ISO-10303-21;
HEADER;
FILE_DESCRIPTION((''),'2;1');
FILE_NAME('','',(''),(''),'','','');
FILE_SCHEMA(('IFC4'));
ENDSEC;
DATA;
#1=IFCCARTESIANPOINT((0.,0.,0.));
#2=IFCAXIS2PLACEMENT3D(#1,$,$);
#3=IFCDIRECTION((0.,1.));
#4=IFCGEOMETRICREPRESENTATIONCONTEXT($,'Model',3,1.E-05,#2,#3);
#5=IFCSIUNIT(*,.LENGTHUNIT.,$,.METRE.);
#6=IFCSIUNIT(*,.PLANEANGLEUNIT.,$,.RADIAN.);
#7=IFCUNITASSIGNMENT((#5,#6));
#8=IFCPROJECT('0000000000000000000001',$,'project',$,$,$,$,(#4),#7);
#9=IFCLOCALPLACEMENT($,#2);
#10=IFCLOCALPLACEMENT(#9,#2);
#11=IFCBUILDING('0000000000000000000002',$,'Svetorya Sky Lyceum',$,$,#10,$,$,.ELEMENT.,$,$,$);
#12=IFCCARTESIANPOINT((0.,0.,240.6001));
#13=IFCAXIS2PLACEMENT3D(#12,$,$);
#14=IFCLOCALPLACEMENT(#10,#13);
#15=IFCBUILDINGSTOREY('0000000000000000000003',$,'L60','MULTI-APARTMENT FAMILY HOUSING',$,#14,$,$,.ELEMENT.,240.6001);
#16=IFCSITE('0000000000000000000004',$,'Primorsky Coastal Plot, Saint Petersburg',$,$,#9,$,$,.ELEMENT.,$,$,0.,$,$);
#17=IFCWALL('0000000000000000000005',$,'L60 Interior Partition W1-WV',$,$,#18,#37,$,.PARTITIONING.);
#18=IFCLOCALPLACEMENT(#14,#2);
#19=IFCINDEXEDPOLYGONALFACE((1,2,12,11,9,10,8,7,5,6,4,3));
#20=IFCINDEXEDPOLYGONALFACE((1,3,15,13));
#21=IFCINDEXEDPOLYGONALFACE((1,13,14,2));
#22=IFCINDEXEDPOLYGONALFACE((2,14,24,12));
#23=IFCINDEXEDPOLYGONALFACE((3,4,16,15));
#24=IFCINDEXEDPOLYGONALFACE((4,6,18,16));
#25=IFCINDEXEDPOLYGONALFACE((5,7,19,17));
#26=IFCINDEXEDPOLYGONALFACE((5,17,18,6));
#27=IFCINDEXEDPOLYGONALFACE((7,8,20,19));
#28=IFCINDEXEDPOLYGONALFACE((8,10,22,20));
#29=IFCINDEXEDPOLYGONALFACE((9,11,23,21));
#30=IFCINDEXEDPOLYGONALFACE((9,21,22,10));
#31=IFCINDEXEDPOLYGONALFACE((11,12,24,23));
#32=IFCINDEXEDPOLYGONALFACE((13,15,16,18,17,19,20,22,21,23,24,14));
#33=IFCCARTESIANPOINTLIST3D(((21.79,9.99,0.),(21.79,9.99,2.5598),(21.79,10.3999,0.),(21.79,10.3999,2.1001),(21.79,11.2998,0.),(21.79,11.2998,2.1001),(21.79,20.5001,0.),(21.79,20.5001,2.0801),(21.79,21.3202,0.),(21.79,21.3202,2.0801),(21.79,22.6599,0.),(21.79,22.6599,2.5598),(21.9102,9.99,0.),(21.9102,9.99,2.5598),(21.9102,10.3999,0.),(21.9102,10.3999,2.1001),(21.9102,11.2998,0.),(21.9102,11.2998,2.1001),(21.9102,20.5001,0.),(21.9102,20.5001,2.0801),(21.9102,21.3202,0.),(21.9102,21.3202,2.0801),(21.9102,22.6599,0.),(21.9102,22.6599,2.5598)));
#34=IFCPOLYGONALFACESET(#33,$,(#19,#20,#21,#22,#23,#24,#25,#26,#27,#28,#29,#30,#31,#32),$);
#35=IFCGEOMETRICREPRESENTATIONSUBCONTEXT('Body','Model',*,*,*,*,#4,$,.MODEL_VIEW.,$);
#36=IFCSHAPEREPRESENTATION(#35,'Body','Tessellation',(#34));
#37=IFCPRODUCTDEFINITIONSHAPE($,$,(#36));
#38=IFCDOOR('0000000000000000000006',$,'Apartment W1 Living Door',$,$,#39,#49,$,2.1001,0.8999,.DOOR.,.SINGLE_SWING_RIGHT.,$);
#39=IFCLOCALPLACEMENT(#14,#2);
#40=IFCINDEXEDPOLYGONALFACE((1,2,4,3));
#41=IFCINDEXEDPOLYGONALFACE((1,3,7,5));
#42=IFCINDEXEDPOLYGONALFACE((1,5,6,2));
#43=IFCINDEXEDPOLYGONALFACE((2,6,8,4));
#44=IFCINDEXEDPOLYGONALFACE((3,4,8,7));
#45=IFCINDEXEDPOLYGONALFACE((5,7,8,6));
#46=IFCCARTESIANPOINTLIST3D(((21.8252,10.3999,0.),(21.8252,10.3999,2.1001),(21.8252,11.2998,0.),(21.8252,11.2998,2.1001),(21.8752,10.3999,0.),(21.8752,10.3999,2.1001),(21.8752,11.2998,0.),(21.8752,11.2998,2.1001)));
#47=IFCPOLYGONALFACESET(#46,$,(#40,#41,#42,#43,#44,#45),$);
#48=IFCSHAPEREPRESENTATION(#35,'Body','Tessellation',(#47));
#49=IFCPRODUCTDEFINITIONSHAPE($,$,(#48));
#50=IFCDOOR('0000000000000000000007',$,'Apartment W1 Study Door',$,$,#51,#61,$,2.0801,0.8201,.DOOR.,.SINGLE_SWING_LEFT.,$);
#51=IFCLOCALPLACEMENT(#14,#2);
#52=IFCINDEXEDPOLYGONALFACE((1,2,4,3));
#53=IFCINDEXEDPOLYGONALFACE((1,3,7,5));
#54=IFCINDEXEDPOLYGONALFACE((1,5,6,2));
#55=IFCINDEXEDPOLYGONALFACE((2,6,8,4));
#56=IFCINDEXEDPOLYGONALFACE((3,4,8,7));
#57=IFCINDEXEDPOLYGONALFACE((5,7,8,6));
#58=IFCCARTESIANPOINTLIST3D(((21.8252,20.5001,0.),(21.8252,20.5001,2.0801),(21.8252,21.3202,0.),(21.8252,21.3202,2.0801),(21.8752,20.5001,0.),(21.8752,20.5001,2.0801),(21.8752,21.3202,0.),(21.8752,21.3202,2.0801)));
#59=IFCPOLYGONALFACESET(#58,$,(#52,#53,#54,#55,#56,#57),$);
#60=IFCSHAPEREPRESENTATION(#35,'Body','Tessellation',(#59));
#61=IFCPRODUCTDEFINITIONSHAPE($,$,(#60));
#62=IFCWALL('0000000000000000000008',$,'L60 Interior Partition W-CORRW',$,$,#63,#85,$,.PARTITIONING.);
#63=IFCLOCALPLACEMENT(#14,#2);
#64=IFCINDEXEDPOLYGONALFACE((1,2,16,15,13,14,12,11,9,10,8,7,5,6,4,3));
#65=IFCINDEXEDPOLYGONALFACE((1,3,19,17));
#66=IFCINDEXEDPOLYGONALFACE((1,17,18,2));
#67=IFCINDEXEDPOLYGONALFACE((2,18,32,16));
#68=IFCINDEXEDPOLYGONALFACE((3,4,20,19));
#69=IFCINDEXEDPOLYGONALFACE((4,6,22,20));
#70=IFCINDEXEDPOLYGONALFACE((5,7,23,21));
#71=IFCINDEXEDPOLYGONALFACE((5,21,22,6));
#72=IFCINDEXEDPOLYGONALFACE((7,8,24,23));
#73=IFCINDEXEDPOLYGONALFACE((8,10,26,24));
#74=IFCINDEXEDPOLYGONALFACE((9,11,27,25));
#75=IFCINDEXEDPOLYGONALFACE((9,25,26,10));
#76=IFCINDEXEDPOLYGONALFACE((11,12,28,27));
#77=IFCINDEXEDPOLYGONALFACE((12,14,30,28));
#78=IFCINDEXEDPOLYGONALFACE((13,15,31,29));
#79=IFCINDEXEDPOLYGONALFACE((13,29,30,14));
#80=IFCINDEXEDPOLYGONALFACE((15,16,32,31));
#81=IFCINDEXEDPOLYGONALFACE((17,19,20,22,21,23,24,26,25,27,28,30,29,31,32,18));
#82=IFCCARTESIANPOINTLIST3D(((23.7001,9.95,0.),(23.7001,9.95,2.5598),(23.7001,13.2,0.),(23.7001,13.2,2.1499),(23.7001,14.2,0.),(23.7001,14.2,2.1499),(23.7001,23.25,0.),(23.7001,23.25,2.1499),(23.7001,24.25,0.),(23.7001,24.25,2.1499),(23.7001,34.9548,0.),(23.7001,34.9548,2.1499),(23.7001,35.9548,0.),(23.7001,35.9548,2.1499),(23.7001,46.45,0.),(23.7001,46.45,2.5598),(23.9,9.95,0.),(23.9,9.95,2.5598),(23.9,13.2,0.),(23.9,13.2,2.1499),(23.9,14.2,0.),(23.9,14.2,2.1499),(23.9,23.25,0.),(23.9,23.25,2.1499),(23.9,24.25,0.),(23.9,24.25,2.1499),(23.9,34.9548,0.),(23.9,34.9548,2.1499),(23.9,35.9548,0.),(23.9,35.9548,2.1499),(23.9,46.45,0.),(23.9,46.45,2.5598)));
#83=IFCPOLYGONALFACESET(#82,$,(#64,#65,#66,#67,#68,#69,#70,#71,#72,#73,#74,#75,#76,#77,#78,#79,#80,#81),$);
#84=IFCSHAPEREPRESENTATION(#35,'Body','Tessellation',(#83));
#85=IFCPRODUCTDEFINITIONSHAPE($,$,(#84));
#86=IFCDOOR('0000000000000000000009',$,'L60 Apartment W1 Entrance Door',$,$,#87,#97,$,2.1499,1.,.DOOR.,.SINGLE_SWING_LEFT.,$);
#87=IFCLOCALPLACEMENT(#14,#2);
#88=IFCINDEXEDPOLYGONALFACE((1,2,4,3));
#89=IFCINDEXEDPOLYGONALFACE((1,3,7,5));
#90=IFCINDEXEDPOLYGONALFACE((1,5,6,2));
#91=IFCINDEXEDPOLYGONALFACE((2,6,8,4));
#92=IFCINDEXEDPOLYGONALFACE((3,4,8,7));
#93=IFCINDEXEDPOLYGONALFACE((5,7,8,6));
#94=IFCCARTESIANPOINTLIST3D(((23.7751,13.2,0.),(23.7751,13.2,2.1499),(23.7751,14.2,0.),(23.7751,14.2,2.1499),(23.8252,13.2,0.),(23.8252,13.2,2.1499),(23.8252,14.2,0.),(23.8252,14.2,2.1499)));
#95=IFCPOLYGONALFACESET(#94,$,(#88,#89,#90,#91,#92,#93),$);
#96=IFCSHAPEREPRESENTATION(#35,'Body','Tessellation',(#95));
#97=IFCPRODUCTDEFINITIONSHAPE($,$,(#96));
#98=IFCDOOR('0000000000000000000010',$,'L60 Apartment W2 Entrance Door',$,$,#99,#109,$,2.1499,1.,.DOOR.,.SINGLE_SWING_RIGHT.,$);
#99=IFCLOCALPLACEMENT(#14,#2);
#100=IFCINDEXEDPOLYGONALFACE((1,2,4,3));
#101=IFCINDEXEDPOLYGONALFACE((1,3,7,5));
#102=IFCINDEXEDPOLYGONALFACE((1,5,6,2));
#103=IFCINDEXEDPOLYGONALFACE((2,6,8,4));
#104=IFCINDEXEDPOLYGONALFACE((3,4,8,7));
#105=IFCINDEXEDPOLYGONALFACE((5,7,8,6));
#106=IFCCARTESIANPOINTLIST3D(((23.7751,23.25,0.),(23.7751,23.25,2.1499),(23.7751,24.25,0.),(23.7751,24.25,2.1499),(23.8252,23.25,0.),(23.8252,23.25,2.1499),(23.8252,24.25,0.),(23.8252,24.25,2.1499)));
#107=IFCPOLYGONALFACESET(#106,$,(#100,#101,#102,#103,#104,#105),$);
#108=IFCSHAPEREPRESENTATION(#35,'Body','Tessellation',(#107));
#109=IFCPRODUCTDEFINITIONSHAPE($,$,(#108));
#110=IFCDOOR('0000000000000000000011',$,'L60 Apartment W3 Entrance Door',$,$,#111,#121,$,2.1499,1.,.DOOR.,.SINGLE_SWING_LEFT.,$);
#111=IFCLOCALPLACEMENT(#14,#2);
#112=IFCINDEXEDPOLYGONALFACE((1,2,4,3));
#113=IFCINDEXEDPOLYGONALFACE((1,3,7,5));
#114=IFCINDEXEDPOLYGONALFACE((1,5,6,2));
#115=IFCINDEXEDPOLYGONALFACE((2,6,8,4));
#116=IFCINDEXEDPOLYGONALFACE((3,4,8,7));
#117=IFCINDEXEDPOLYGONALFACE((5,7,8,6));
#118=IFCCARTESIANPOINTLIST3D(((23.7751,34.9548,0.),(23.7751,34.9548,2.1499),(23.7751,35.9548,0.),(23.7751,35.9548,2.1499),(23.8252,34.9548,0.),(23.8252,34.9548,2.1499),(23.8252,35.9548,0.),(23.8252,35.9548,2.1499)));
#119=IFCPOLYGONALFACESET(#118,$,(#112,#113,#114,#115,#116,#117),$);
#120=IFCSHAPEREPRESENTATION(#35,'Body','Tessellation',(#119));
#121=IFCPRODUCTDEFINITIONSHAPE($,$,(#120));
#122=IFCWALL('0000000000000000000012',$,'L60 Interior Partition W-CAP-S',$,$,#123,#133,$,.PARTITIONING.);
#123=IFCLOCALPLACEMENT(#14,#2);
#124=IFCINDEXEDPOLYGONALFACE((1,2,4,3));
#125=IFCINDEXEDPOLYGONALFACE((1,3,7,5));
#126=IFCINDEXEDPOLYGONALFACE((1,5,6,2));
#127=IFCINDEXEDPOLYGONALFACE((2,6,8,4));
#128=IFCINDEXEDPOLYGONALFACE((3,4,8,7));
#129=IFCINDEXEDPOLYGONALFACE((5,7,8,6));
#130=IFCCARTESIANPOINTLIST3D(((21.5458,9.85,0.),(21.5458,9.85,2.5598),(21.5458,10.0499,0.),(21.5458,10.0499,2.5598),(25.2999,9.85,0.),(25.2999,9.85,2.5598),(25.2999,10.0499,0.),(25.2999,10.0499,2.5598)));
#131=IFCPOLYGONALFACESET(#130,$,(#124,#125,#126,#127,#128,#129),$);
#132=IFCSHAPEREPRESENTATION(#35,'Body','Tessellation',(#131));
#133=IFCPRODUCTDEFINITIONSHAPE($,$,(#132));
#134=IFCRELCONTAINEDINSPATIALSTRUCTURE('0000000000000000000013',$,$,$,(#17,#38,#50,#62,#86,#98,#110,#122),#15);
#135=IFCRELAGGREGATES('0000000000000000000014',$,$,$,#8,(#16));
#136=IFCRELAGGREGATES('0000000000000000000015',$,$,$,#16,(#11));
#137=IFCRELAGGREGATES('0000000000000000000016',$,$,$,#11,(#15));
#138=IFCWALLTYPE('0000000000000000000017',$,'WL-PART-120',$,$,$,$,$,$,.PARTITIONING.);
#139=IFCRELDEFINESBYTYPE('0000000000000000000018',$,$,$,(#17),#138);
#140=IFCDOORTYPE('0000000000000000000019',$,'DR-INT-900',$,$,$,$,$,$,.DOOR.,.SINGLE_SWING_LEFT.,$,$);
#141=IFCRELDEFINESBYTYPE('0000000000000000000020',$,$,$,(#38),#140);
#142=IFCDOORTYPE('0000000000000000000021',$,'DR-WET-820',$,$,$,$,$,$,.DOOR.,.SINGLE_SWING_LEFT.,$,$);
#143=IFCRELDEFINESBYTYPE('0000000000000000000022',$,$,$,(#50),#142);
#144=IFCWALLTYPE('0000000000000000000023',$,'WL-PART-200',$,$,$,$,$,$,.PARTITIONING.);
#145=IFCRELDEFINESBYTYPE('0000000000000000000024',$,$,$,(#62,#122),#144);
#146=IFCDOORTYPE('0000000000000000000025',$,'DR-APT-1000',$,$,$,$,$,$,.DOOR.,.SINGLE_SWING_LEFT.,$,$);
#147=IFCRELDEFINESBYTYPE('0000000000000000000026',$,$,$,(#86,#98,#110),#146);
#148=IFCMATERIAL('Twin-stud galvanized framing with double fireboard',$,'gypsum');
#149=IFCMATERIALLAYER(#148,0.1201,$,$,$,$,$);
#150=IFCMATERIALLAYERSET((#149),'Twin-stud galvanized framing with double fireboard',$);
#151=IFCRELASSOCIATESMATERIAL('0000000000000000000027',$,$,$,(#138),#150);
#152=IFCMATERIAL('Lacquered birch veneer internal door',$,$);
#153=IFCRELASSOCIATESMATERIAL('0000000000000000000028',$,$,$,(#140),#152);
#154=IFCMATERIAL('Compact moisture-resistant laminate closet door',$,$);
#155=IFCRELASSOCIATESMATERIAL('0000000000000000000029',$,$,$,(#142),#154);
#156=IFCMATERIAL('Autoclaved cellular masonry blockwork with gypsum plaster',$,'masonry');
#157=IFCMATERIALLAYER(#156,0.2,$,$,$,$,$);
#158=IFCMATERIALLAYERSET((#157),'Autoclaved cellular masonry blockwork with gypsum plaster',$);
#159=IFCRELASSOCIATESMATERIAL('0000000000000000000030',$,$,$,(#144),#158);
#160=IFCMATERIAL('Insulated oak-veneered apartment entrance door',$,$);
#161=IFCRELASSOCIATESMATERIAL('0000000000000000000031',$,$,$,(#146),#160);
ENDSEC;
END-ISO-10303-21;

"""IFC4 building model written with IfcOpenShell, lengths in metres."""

from ifc_helpers import new_model, si_unit, direction, frame, frame_2d, origin, place, context, subcontext, project, spatial, rectangle, extrude, material, layer, layer_set, type_object, element, fill, save


model = new_model("IFC4")

# Units and contexts
model_context = context("Model", 3, precision=1e-05, world=origin(), true_north=direction((0.0, 1.0)))
body_context = subcontext(model_context, "Body", "Model", "MODEL_VIEW")
ifc_project = project(units=[si_unit("LENGTHUNIT", "METRE"), si_unit("PLANEANGLEUNIT", "RADIAN")], contexts=[model_context])

# Site, building, storey
site_placement = place(None, origin())
site = spatial("IfcSite", under=ifc_project, at=site_placement, Name="Primorsky Coastal Plot, Saint Petersburg", CompositionType="ELEMENT", RefElevation=0.0)
building_placement = place(site_placement, origin())
building = spatial("IfcBuilding", under=site, at=building_placement, Name="Svetorya Sky Lyceum", CompositionType="ELEMENT")
storey_placement = place(building_placement, frame((0.0, 0.0, 240.6001)))
storey = spatial("IfcBuildingStorey", under=building, at=storey_placement, Name="L60", Description="MULTI-APARTMENT FAMILY HOUSING", CompositionType="ELEMENT", Elevation=240.6001)

# Shared definitions
ifc_material_1 = material(Name="Twin-stud galvanized framing with double fireboard", Category="gypsum")
ifc_layer_1 = layer(ifc_material_1, 0.1201)
ifc_layer_set_1 = layer_set([ifc_layer_1], Name="Twin-stud galvanized framing with double fireboard")
wall_type_1 = type_object("IfcWallType", Name="WL-PART-120", PredefinedType="PARTITIONING", material=ifc_layer_set_1)

# Walls, openings, doors
wall_1_placement = place(storey_placement, frame((21.8501, 9.99, 0.0), z_axis=(0.0, 0.0, 1.0), x_axis=(0.0, 1.0, 0.0)))
wall_1 = element("IfcWall", 1, at=wall_1_placement, inside=storey, type_object=wall_type_1, Name="L60 Interior Partition W1-WV", PredefinedType="PARTITIONING", context=body_context, shape_type="SweptSolid", body=[
    extrude(rectangle(XDim=12.6699, YDim=0.1201, at=frame_2d((6.335, 0.0))), origin(), (0.0, 0.0, 1.0), 2.5598),
])
opening_1_placement = place(wall_1_placement, frame((0.4099, 0.0, 0.0)))
opening_1 = element("IfcOpeningElement", 2, at=opening_1_placement, cuts=wall_1, PredefinedType="OPENING", context=body_context, shape_type="SweptSolid", body=[
    extrude(rectangle(XDim=0.8999, YDim=2.1001, at=frame_2d((0.45, 1.05))), frame((0.0, 0.0701, 0.0), z_axis=(0.0, -1.0, 0.0), x_axis=(1.0, 0.0, 0.0)), (0.0, 0.0, 1.0), 0.1401),
])
opening_2_placement = place(wall_1_placement, frame((10.51, 0.0, 0.0)))
opening_2 = element("IfcOpeningElement", 3, at=opening_2_placement, cuts=wall_1, PredefinedType="OPENING", context=body_context, shape_type="SweptSolid", body=[
    extrude(rectangle(XDim=0.8201, YDim=2.0801, at=frame_2d((0.4102, 1.04))), frame((0.0, 0.0701, 0.0), z_axis=(0.0, -1.0, 0.0), x_axis=(1.0, 0.0, 0.0)), (0.0, 0.0, 1.0), 0.1401),
])
ifc_material_2 = material(Name="Lacquered birch veneer internal door")
door_type_1 = type_object("IfcDoorType", Name="DR-INT-900", OperationType="SINGLE_SWING_LEFT", PredefinedType="DOOR", material=ifc_material_2)
door_1_placement = place(opening_1_placement, origin())
door_1 = element("IfcDoor", 4, at=door_1_placement, inside=storey, type_object=door_type_1, Name="Apartment W1 Living Door", OperationType="SINGLE_SWING_RIGHT", OverallHeight=2.1001, OverallWidth=0.8999, PredefinedType="DOOR", context=body_context, shape_type="SweptSolid", body=[
    extrude(rectangle(XDim=0.8999, YDim=2.1001, at=frame_2d((0.45, 1.05))), frame((0.0, 0.0249, 0.0), z_axis=(0.0, -1.0, 0.0), x_axis=(1.0, 0.0, 0.0)), (0.0, 0.0, 1.0), 0.05),
])
fill(opening_1, door_1)
ifc_material_3 = material(Name="Compact moisture-resistant laminate closet door")
door_type_2 = type_object("IfcDoorType", Name="DR-WET-820", OperationType="SINGLE_SWING_LEFT", PredefinedType="DOOR", material=ifc_material_3)
door_2_placement = place(opening_2_placement, origin())
door_2 = element("IfcDoor", 5, at=door_2_placement, inside=storey, type_object=door_type_2, Name="Apartment W1 Study Door", OperationType="SINGLE_SWING_LEFT", OverallHeight=2.0801, OverallWidth=0.8201, PredefinedType="DOOR", context=body_context, shape_type="SweptSolid", body=[
    extrude(rectangle(XDim=0.8201, YDim=2.0801, at=frame_2d((0.4102, 1.04))), frame((0.0, 0.0249, 0.0), z_axis=(0.0, -1.0, 0.0), x_axis=(1.0, 0.0, 0.0)), (0.0, 0.0, 1.0), 0.05),
])
fill(opening_2, door_2)
ifc_material_4 = material(Name="Autoclaved cellular masonry blockwork with gypsum plaster", Category="masonry")
ifc_layer_2 = layer(ifc_material_4, 0.2)
ifc_layer_set_2 = layer_set([ifc_layer_2], Name="Autoclaved cellular masonry blockwork with gypsum plaster")
wall_type_2 = type_object("IfcWallType", Name="WL-PART-200", PredefinedType="PARTITIONING", material=ifc_layer_set_2)
wall_2_placement = place(storey_placement, frame((23.8, 9.95, 0.0), z_axis=(0.0, 0.0, 1.0), x_axis=(0.0, 1.0, 0.0)))
wall_2 = element("IfcWall", 6, at=wall_2_placement, inside=storey, type_object=wall_type_2, Name="L60 Interior Partition W-CORRW", PredefinedType="PARTITIONING", context=body_context, shape_type="SweptSolid", body=[
    extrude(rectangle(XDim=36.5, YDim=0.2, at=frame_2d((18.25, 0.0))), origin(), (0.0, 0.0, 1.0), 2.5598),
])
opening_3_placement = place(wall_2_placement, frame((3.25, 0.0, 0.0)))
opening_3 = element("IfcOpeningElement", 7, at=opening_3_placement, cuts=wall_2, PredefinedType="OPENING", context=body_context, shape_type="SweptSolid", body=[
    extrude(rectangle(XDim=1.0, YDim=2.1499, at=frame_2d((0.5, 1.075))), frame((0.0, 0.1099, 0.0), z_axis=(0.0, -1.0, 0.0), x_axis=(1.0, 0.0, 0.0)), (0.0, 0.0, 1.0), 0.22),
])
opening_4_placement = place(wall_2_placement, frame((13.3, 0.0, 0.0)))
opening_4 = element("IfcOpeningElement", 8, at=opening_4_placement, cuts=wall_2, PredefinedType="OPENING", context=body_context, shape_type="SweptSolid", body=[
    extrude(rectangle(XDim=1.0, YDim=2.1499, at=frame_2d((0.5, 1.075))), frame((0.0, 0.1099, 0.0), z_axis=(0.0, -1.0, 0.0), x_axis=(1.0, 0.0, 0.0)), (0.0, 0.0, 1.0), 0.22),
])
opening_5_placement = place(wall_2_placement, frame((25.0049, 0.0, 0.0)))
opening_5 = element("IfcOpeningElement", 9, at=opening_5_placement, cuts=wall_2, PredefinedType="OPENING", context=body_context, shape_type="SweptSolid", body=[
    extrude(rectangle(XDim=1.0, YDim=2.1499, at=frame_2d((0.5, 1.075))), frame((0.0, 0.1099, 0.0), z_axis=(0.0, -1.0, 0.0), x_axis=(1.0, 0.0, 0.0)), (0.0, 0.0, 1.0), 0.22),
])
ifc_material_5 = material(Name="Insulated oak-veneered apartment entrance door")
door_type_3 = type_object("IfcDoorType", Name="DR-APT-1000", OperationType="SINGLE_SWING_LEFT", PredefinedType="DOOR", material=ifc_material_5)
door_3_placement = place(opening_3_placement, origin())
door_3 = element("IfcDoor", 10, at=door_3_placement, inside=storey, type_object=door_type_3, Name="L60 Apartment W1 Entrance Door", OperationType="SINGLE_SWING_LEFT", OverallHeight=2.1499, OverallWidth=1.0, PredefinedType="DOOR", context=body_context, shape_type="SweptSolid", body=[
    extrude(rectangle(XDim=1.0, YDim=2.1499, at=frame_2d((0.5, 1.075))), frame((0.0, 0.0249, 0.0), z_axis=(0.0, -1.0, 0.0), x_axis=(1.0, 0.0, 0.0)), (0.0, 0.0, 1.0), 0.05),
])
fill(opening_3, door_3)
door_4_placement = place(opening_4_placement, origin())
door_4 = element("IfcDoor", 11, at=door_4_placement, inside=storey, type_object=door_type_3, Name="L60 Apartment W2 Entrance Door", OperationType="SINGLE_SWING_RIGHT", OverallHeight=2.1499, OverallWidth=1.0, PredefinedType="DOOR", context=body_context, shape_type="SweptSolid", body=[
    extrude(rectangle(XDim=1.0, YDim=2.1499, at=frame_2d((0.5, 1.075))), frame((0.0, 0.0249, 0.0), z_axis=(0.0, -1.0, 0.0), x_axis=(1.0, 0.0, 0.0)), (0.0, 0.0, 1.0), 0.05),
])
fill(opening_4, door_4)
door_5_placement = place(opening_5_placement, origin())
door_5 = element("IfcDoor", 12, at=door_5_placement, inside=storey, type_object=door_type_3, Name="L60 Apartment W3 Entrance Door", OperationType="SINGLE_SWING_LEFT", OverallHeight=2.1499, OverallWidth=1.0, PredefinedType="DOOR", context=body_context, shape_type="SweptSolid", body=[
    extrude(rectangle(XDim=1.0, YDim=2.1499, at=frame_2d((0.5, 1.075))), frame((0.0, 0.0249, 0.0), z_axis=(0.0, -1.0, 0.0), x_axis=(1.0, 0.0, 0.0)), (0.0, 0.0, 1.0), 0.05),
])
fill(opening_5, door_5)

# Wall
wall_3_placement = place(storey_placement, frame((21.5459, 9.95, 0.0), z_axis=(0.0, 0.0, 1.0), x_axis=(1.0, 0.0, 0.0)))
element("IfcWall", 13, at=wall_3_placement, inside=storey, type_object=wall_type_2, Name="L60 Interior Partition W-CAP-S", PredefinedType="PARTITIONING", context=body_context, shape_type="SweptSolid", body=[
    extrude(rectangle(XDim=3.7542, YDim=0.2, at=frame_2d((1.877, 0.0))), origin(), (0.0, 0.0, 1.0), 2.5598),
])

save(model, "model.ifc")
